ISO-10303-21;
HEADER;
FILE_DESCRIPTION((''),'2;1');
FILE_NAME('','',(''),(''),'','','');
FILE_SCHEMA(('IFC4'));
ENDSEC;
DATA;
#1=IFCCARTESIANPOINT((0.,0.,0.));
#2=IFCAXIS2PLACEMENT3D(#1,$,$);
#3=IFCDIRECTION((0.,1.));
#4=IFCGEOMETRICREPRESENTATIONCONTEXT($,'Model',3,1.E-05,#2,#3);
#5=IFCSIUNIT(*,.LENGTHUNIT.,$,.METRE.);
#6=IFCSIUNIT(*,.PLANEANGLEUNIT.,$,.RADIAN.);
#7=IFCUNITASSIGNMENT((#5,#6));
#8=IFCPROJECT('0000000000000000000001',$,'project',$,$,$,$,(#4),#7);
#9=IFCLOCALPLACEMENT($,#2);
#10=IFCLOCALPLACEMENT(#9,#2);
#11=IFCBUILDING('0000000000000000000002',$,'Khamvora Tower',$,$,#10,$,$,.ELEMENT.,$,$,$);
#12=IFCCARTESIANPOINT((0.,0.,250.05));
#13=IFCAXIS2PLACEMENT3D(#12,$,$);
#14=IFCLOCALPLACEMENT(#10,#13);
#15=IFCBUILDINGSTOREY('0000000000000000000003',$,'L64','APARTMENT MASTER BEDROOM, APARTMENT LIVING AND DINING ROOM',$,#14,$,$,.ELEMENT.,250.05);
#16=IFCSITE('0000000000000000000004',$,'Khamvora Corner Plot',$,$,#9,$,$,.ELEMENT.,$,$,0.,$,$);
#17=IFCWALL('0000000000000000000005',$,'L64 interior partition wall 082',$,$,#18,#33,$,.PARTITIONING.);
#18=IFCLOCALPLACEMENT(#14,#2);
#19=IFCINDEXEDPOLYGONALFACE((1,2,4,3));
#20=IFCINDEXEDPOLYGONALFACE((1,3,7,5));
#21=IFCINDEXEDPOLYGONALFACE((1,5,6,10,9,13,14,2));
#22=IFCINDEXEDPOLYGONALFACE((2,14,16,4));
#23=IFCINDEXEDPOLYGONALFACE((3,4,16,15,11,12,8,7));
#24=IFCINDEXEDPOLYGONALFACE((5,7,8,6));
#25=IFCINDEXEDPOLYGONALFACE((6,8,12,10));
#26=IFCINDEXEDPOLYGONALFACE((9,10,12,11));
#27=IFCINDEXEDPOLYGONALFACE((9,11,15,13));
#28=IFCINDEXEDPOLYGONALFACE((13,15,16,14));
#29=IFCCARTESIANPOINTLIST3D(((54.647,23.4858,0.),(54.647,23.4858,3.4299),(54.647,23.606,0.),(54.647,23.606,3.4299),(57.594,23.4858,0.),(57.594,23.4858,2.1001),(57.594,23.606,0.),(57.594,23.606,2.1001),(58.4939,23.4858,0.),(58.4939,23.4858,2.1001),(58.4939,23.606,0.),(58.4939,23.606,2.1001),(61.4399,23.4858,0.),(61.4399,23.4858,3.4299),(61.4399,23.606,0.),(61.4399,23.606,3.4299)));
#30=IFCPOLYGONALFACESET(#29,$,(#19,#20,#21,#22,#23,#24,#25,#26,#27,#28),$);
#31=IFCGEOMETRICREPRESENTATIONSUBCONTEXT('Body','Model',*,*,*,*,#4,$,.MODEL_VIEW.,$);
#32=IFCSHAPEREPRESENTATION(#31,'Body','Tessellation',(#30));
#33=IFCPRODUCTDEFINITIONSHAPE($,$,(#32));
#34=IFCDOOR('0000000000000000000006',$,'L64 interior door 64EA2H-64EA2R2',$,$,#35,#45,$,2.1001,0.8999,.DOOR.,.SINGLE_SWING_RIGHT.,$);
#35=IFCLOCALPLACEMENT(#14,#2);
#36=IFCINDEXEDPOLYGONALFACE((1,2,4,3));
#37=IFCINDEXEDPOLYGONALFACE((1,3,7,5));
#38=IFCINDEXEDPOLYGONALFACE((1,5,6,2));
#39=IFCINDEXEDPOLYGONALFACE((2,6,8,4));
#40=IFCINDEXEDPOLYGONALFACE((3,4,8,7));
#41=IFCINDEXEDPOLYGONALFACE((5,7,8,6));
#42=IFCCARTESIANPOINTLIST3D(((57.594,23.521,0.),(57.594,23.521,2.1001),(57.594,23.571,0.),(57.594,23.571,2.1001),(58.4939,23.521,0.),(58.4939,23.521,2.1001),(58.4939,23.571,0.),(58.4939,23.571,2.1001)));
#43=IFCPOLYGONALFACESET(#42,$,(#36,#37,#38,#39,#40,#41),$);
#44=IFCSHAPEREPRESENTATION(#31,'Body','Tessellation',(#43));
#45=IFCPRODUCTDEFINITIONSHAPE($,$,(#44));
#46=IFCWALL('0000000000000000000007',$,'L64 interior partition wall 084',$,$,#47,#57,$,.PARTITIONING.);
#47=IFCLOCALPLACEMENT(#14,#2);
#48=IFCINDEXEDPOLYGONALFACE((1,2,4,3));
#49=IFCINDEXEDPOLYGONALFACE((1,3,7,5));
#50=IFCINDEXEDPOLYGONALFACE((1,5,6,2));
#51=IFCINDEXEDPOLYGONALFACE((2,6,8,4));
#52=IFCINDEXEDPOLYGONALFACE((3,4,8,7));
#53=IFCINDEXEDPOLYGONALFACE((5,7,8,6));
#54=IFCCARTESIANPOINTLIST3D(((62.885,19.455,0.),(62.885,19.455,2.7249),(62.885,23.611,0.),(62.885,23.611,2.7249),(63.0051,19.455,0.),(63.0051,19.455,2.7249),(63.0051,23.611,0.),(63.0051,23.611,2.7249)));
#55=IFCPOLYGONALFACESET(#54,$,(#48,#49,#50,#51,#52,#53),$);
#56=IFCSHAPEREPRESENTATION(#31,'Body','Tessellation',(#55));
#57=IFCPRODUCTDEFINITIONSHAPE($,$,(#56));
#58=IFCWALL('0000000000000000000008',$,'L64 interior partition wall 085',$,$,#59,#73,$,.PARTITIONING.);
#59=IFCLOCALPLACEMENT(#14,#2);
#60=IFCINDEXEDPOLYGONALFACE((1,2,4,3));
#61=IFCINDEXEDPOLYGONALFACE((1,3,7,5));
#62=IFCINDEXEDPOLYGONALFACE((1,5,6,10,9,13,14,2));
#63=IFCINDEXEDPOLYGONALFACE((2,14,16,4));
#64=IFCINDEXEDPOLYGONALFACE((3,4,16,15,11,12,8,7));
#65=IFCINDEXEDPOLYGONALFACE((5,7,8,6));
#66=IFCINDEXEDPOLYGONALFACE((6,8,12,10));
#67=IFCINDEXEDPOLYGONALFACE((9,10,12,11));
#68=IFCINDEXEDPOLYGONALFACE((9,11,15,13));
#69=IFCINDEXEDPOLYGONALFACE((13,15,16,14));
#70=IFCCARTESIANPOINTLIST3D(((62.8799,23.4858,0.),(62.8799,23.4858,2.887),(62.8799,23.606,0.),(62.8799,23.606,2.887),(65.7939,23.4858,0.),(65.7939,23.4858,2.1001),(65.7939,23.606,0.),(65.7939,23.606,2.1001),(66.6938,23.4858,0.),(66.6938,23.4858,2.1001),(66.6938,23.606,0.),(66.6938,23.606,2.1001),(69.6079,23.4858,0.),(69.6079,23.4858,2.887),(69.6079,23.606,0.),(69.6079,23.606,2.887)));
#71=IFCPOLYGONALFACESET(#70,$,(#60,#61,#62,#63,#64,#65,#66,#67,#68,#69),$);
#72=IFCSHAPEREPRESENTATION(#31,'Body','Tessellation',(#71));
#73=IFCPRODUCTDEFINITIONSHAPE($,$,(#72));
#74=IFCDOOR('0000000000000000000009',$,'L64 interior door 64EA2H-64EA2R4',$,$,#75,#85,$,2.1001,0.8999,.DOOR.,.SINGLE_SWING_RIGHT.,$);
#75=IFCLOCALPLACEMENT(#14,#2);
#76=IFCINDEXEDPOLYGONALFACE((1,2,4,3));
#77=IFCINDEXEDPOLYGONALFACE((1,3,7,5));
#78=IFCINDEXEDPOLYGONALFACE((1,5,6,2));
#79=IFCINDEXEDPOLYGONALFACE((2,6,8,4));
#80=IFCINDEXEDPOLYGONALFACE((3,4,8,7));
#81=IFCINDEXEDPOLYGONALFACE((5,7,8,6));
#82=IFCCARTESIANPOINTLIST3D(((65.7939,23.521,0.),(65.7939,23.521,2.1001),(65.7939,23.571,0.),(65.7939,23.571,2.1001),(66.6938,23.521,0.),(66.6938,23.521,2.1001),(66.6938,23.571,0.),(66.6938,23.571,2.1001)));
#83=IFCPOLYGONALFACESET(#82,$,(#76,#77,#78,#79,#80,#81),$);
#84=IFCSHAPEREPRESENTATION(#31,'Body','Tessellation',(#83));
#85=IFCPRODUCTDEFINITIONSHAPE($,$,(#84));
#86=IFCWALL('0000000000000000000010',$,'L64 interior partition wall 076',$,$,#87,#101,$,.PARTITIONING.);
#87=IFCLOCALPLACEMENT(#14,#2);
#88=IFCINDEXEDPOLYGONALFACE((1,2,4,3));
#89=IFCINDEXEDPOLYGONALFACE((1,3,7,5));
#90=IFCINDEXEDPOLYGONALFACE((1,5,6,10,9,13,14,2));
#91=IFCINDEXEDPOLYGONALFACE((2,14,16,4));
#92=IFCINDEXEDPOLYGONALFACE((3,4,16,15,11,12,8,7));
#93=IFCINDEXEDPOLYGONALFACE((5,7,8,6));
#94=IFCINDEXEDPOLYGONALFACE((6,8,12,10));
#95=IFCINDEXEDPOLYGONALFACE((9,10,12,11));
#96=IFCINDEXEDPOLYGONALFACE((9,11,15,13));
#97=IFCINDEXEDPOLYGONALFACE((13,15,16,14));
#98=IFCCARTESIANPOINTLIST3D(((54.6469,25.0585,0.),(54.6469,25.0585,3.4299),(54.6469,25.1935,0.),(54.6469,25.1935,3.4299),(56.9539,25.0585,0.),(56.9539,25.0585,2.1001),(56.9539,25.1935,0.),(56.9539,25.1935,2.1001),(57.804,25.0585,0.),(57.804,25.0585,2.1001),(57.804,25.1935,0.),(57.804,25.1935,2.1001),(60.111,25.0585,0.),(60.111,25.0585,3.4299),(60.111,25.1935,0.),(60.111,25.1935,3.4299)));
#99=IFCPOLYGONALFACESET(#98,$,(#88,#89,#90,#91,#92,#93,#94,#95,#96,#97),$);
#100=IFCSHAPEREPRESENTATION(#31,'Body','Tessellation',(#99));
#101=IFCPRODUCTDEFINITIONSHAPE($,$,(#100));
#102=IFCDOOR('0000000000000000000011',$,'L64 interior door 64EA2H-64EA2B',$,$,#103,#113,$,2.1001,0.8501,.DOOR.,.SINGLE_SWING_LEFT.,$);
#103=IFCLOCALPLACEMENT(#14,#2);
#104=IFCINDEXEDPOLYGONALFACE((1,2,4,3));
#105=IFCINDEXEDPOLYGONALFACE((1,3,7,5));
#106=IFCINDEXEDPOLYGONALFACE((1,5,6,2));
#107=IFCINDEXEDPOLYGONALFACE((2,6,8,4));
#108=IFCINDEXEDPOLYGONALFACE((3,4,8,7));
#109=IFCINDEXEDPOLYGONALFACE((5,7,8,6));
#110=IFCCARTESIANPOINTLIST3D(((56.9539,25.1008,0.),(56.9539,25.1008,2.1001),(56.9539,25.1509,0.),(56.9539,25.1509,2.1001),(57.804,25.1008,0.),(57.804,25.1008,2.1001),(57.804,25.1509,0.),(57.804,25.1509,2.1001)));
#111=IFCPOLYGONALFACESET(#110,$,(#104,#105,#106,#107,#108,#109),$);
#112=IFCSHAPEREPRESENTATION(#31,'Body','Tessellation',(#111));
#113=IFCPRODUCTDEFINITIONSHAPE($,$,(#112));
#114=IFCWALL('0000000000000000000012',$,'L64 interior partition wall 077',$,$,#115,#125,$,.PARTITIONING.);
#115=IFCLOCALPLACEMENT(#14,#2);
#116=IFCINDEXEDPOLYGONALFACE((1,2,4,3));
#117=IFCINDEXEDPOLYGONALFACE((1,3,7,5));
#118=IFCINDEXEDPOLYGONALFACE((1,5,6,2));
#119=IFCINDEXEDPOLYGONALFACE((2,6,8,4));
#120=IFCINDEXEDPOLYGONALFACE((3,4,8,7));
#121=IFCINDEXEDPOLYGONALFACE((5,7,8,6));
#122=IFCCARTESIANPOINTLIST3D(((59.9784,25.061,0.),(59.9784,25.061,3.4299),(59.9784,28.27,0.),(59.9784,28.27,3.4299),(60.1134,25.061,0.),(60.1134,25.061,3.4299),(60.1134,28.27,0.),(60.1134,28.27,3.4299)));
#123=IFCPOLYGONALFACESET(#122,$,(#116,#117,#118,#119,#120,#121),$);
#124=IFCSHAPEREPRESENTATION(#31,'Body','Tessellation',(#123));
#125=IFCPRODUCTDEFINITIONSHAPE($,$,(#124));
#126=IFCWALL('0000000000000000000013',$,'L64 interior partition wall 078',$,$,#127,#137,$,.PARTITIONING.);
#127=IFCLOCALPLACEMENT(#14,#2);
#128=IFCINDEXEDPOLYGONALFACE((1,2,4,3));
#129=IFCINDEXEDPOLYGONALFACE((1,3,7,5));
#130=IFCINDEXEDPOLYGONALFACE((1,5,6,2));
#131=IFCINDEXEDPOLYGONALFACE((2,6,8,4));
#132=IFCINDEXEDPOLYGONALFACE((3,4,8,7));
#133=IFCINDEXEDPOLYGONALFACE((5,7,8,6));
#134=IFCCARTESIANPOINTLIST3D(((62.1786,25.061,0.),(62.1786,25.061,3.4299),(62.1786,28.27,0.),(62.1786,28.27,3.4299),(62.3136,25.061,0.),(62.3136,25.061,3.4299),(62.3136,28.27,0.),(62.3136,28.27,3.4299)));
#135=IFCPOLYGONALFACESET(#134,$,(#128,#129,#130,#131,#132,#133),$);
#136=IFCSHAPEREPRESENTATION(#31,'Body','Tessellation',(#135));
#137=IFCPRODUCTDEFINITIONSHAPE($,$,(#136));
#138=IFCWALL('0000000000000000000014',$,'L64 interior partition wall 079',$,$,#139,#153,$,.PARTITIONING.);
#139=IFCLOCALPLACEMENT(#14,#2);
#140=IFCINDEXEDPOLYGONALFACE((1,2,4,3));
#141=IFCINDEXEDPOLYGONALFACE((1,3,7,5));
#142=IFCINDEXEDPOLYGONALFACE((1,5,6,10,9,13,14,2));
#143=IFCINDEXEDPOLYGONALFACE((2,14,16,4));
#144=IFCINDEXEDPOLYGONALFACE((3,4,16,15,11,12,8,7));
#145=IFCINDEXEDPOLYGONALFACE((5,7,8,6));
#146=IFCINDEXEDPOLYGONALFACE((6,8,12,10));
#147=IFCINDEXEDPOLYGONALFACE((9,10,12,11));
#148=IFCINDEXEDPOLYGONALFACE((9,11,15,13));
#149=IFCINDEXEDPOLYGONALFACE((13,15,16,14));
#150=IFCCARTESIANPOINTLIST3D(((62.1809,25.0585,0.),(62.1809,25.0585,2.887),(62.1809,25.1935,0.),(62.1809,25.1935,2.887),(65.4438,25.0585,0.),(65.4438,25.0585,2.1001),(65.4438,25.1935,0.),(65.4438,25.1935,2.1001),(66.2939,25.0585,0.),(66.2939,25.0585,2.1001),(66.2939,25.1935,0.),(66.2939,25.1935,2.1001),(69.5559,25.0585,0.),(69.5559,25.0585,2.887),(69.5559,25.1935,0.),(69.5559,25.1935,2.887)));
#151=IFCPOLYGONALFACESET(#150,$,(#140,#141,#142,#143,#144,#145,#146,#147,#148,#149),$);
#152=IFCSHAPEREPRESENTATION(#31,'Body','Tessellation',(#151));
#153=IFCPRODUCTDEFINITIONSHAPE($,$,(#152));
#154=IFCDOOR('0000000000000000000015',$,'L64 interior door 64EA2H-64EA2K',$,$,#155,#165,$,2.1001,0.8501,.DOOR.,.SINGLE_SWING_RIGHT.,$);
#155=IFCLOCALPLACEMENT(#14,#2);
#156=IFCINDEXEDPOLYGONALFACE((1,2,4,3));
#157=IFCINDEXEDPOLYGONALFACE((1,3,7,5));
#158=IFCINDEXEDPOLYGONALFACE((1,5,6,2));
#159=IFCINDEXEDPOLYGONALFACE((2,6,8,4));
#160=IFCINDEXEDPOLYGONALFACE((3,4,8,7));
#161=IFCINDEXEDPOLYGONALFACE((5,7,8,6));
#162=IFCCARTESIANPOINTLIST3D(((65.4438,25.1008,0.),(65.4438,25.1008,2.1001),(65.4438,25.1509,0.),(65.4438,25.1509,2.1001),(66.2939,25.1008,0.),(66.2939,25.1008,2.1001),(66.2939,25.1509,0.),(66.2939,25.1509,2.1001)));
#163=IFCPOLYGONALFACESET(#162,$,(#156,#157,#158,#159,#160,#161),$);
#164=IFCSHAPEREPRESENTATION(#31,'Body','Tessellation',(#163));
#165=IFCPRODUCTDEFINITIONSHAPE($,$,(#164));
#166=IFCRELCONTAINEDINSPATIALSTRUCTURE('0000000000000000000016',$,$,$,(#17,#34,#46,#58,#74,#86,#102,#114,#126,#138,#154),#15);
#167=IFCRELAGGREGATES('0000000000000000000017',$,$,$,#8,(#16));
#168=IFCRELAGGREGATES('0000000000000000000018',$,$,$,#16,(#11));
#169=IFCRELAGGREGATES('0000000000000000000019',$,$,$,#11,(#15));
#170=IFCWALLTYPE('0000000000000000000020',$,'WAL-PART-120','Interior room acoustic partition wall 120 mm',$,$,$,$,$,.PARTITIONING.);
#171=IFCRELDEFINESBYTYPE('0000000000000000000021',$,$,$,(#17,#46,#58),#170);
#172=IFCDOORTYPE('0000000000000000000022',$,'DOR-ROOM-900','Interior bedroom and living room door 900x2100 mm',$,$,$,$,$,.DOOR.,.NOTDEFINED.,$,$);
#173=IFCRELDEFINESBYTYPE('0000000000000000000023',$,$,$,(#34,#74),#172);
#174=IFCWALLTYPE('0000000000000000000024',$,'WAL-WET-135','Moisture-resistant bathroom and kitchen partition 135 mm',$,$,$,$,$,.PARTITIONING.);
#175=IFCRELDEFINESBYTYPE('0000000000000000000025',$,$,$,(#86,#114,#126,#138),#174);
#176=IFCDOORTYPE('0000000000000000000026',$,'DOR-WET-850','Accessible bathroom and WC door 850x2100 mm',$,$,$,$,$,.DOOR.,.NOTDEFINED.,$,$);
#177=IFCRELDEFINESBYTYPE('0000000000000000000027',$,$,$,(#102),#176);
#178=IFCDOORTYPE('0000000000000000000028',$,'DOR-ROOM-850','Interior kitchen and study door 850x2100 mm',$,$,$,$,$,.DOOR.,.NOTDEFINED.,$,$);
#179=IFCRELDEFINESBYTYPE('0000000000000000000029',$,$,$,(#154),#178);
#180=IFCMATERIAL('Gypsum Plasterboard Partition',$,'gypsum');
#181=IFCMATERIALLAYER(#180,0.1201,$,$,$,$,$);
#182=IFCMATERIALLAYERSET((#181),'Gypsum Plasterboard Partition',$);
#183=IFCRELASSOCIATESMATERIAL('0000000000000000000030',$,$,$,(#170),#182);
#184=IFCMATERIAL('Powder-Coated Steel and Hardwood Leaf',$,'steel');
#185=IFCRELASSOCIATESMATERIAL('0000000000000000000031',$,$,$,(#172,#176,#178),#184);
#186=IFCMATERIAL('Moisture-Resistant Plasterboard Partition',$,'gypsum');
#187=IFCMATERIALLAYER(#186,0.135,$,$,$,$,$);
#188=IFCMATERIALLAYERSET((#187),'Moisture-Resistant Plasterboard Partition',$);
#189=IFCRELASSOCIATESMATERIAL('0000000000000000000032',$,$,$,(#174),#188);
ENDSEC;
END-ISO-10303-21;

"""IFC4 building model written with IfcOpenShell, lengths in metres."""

from ifc_helpers import new_model, si_unit, direction, frame, frame_2d, origin, place, context, subcontext, project, spatial, rectangle, extrude, material, layer, layer_set, type_object, element, fill, save


model = new_model("IFC4")

# Units and contexts
model_context = context("Model", 3, precision=1e-05, world=origin(), true_north=direction((0.0, 1.0)))
body_context = subcontext(model_context, "Body", "Model", "MODEL_VIEW")
ifc_project = project(units=[si_unit("LENGTHUNIT", "METRE"), si_unit("PLANEANGLEUNIT", "RADIAN")], contexts=[model_context])

# Site, building, storey
site_placement = place(None, origin())
site = spatial("IfcSite", under=ifc_project, at=site_placement, Name="Khamvora Corner Plot", CompositionType="ELEMENT", RefElevation=0.0)
building_placement = place(site_placement, origin())
building = spatial("IfcBuilding", under=site, at=building_placement, Name="Khamvora Tower", CompositionType="ELEMENT")
storey_placement = place(building_placement, frame((0.0, 0.0, 250.05)))
storey = spatial("IfcBuildingStorey", under=building, at=storey_placement, Name="L64", Description="APARTMENT MASTER BEDROOM, APARTMENT LIVING AND DINING ROOM", CompositionType="ELEMENT", Elevation=250.05)

# Shared definitions
ifc_material_1 = material(Name="Powder-Coated Steel and Hardwood Leaf", Category="steel")

# Shared definitions
ifc_material_2 = material(Name="Gypsum Plasterboard Partition", Category="gypsum")
ifc_layer_1 = layer(ifc_material_2, 0.1201)
ifc_layer_set_1 = layer_set([ifc_layer_1], Name="Gypsum Plasterboard Partition")
wall_type_1 = type_object("IfcWallType", Name="WAL-PART-120", Description="Interior room acoustic partition wall 120 mm", PredefinedType="PARTITIONING", material=ifc_layer_set_1)

# Wall, opening, door
wall_1_placement = place(storey_placement, frame((61.4399, 23.5459, 0.0), z_axis=(0.0, 0.0, 1.0), x_axis=(-1.0, 0.0, 0.0)))
wall_1 = element("IfcWall", 1, at=wall_1_placement, inside=storey, type_object=wall_type_1, Name="L64 interior partition wall 082", PredefinedType="PARTITIONING", context=body_context, shape_type="SweptSolid", body=[
    extrude(rectangle(XDim=6.793, YDim=0.1201, at=frame_2d((3.3965, 0.0))), origin(), (0.0, 0.0, 1.0), 3.4299),
])
opening_1_placement = place(wall_1_placement, frame((2.946, 0.0, 0.0)))
opening_1 = element("IfcOpeningElement", 2, at=opening_1_placement, cuts=wall_1, PredefinedType="OPENING", context=body_context, shape_type="SweptSolid", body=[
    extrude(rectangle(XDim=0.8999, YDim=2.1001, at=frame_2d((0.45, 1.05))), frame((0.0, 0.0701, 0.0), z_axis=(0.0, -1.0, 0.0), x_axis=(1.0, 0.0, 0.0)), (0.0, 0.0, 1.0), 0.1401),
])
door_type_1 = type_object("IfcDoorType", Name="DOR-ROOM-900", Description="Interior bedroom and living room door 900x2100 mm", OperationType="NOTDEFINED", PredefinedType="DOOR", material=ifc_material_1)
door_1_placement = place(opening_1_placement, origin())
door_1 = element("IfcDoor", 3, at=door_1_placement, inside=storey, type_object=door_type_1, Name="L64 interior door 64EA2H-64EA2R2", OperationType="SINGLE_SWING_RIGHT", OverallHeight=2.1001, OverallWidth=0.8999, PredefinedType="DOOR", context=body_context, shape_type="SweptSolid", body=[
    extrude(rectangle(XDim=0.8999, YDim=2.1001, at=frame_2d((0.45, 1.05))), frame((0.0, 0.0249, 0.0), z_axis=(0.0, -1.0, 0.0), x_axis=(1.0, 0.0, 0.0)), (0.0, 0.0, 1.0), 0.05),
])
fill(opening_1, door_1)

# Wall
wall_2_placement = place(storey_placement, frame((62.9451, 23.6111, 0.0), z_axis=(0.0, 0.0, 1.0), x_axis=(0.0, -1.0, 0.0)))
element("IfcWall", 4, at=wall_2_placement, inside=storey, type_object=wall_type_1, Name="L64 interior partition wall 084", PredefinedType="PARTITIONING", context=body_context, shape_type="SweptSolid", body=[
    extrude(rectangle(XDim=4.156, YDim=0.1201, at=frame_2d((2.0781, 0.0))), origin(), (0.0, 0.0, 1.0), 2.7249),
])

# Walls, openings, doors
wall_3_placement = place(storey_placement, frame((69.6079, 23.5459, 0.0), z_axis=(0.0, 0.0, 1.0), x_axis=(-1.0, 0.0, 0.0)))
wall_3 = element("IfcWall", 5, at=wall_3_placement, inside=storey, type_object=wall_type_1, Name="L64 interior partition wall 085", PredefinedType="PARTITIONING", context=body_context, shape_type="SweptSolid", body=[
    extrude(rectangle(XDim=6.728, YDim=0.1201, at=frame_2d((3.364, 0.0))), origin(), (0.0, 0.0, 1.0), 2.887),
])
opening_2_placement = place(wall_3_placement, frame((2.9141, 0.0, 0.0)))
opening_2 = element("IfcOpeningElement", 6, at=opening_2_placement, cuts=wall_3, PredefinedType="OPENING", context=body_context, shape_type="SweptSolid", body=[
    extrude(rectangle(XDim=0.8999, YDim=2.1001, at=frame_2d((0.45, 1.05))), frame((0.0, 0.0701, 0.0), z_axis=(0.0, -1.0, 0.0), x_axis=(1.0, 0.0, 0.0)), (0.0, 0.0, 1.0), 0.1401),
])
door_2_placement = place(opening_2_placement, origin())
door_2 = element("IfcDoor", 7, at=door_2_placement, inside=storey, type_object=door_type_1, Name="L64 interior door 64EA2H-64EA2R4", OperationType="SINGLE_SWING_RIGHT", OverallHeight=2.1001, OverallWidth=0.8999, PredefinedType="DOOR", context=body_context, shape_type="SweptSolid", body=[
    extrude(rectangle(XDim=0.8999, YDim=2.1001, at=frame_2d((0.45, 1.05))), frame((0.0, 0.0249, 0.0), z_axis=(0.0, -1.0, 0.0), x_axis=(1.0, 0.0, 0.0)), (0.0, 0.0, 1.0), 0.05),
])
fill(opening_2, door_2)
ifc_material_3 = material(Name="Moisture-Resistant Plasterboard Partition", Category="gypsum")
ifc_layer_2 = layer(ifc_material_3, 0.135)
ifc_layer_set_2 = layer_set([ifc_layer_2], Name="Moisture-Resistant Plasterboard Partition")
wall_type_2 = type_object("IfcWallType", Name="WAL-WET-135", Description="Moisture-resistant bathroom and kitchen partition 135 mm", PredefinedType="PARTITIONING", material=ifc_layer_set_2)
wall_4_placement = place(storey_placement, frame((54.647, 25.126, 0.0), z_axis=(0.0, 0.0, 1.0), x_axis=(1.0, 0.0, 0.0)))
wall_4 = element("IfcWall", 8, at=wall_4_placement, inside=storey, type_object=wall_type_2, Name="L64 interior partition wall 076", PredefinedType="PARTITIONING", context=body_context, shape_type="SweptSolid", body=[
    extrude(rectangle(XDim=5.4641, YDim=0.135, at=frame_2d((2.7319, 0.0))), origin(), (0.0, 0.0, 1.0), 3.4299),
])
opening_3_placement = place(wall_4_placement, frame((2.3069, 0.0, 0.0)))
opening_3 = element("IfcOpeningElement", 9, at=opening_3_placement, cuts=wall_4, PredefinedType="OPENING", context=body_context, shape_type="SweptSolid", body=[
    extrude(rectangle(XDim=0.8501, YDim=2.1001, at=frame_2d((0.425, 1.05))), frame((0.0, 0.0774, 0.0), z_axis=(0.0, -1.0, 0.0), x_axis=(1.0, 0.0, 0.0)), (0.0, 0.0, 1.0), 0.155),
])
door_type_2 = type_object("IfcDoorType", Name="DOR-WET-850", Description="Accessible bathroom and WC door 850x2100 mm", OperationType="NOTDEFINED", PredefinedType="DOOR", material=ifc_material_1)
door_3_placement = place(opening_3_placement, origin())
door_3 = element("IfcDoor", 10, at=door_3_placement, inside=storey, type_object=door_type_2, Name="L64 interior door 64EA2H-64EA2B", OperationType="SINGLE_SWING_LEFT", OverallHeight=2.1001, OverallWidth=0.8501, PredefinedType="DOOR", context=body_context, shape_type="SweptSolid", body=[
    extrude(rectangle(XDim=0.8501, YDim=2.1001, at=frame_2d((0.425, 1.05))), frame((0.0, 0.0249, 0.0), z_axis=(0.0, -1.0, 0.0), x_axis=(1.0, 0.0, 0.0)), (0.0, 0.0, 1.0), 0.05),
])
fill(opening_3, door_3)

# Walls
for number, where, z_axis, x_axis, name in (
    (11, (60.0459, 25.061, 0.0), (0.0, 0.0, 1.0), (0.0, 1.0, 0.0), "L64 interior partition wall 077"),
    (12, (62.2461, 28.27, 0.0), (0.0, 0.0, 1.0), (0.0, -1.0, 0.0), "L64 interior partition wall 078"),
):
    element("IfcWall", number, at=place(storey_placement, frame(where, z_axis=z_axis, x_axis=x_axis)), inside=storey, type_object=wall_type_2, Name=name, PredefinedType="PARTITIONING", context=body_context, shape_type="SweptSolid", body=[
        extrude(rectangle(XDim=3.209, YDim=0.135, at=frame_2d((1.6045, 0.0))), origin(), (0.0, 0.0, 1.0), 3.4299),
    ])

# Wall, opening, door
wall_5_placement = place(storey_placement, frame((62.1809, 25.126, 0.0), z_axis=(0.0, 0.0, 1.0), x_axis=(1.0, 0.0, 0.0)))
wall_5 = element("IfcWall", 13, at=wall_5_placement, inside=storey, type_object=wall_type_2, Name="L64 interior partition wall 079", PredefinedType="PARTITIONING", context=body_context, shape_type="SweptSolid", body=[
    extrude(rectangle(XDim=7.375, YDim=0.135, at=frame_2d((3.6875, 0.0))), origin(), (0.0, 0.0, 1.0), 2.887),
])
opening_4_placement = place(wall_5_placement, frame((3.2629, 0.0, 0.0)))
opening_4 = element("IfcOpeningElement", 14, at=opening_4_placement, cuts=wall_5, PredefinedType="OPENING", context=body_context, shape_type="SweptSolid", body=[
    extrude(rectangle(XDim=0.8501, YDim=2.1001, at=frame_2d((0.425, 1.05))), frame((0.0, 0.0774, 0.0), z_axis=(0.0, -1.0, 0.0), x_axis=(1.0, 0.0, 0.0)), (0.0, 0.0, 1.0), 0.155),
])
door_type_3 = type_object("IfcDoorType", Name="DOR-ROOM-850", Description="Interior kitchen and study door 850x2100 mm", OperationType="NOTDEFINED", PredefinedType="DOOR", material=ifc_material_1)
door_4_placement = place(opening_4_placement, origin())
door_4 = element("IfcDoor", 15, at=door_4_placement, inside=storey, type_object=door_type_3, Name="L64 interior door 64EA2H-64EA2K", OperationType="SINGLE_SWING_RIGHT", OverallHeight=2.1001, OverallWidth=0.8501, PredefinedType="DOOR", context=body_context, shape_type="SweptSolid", body=[
    extrude(rectangle(XDim=0.8501, YDim=2.1001, at=frame_2d((0.425, 1.05))), frame((0.0, 0.0249, 0.0), z_axis=(0.0, -1.0, 0.0), x_axis=(1.0, 0.0, 0.0)), (0.0, 0.0, 1.0), 0.05),
])
fill(opening_4, door_4)

save(model, "model.ifc")
